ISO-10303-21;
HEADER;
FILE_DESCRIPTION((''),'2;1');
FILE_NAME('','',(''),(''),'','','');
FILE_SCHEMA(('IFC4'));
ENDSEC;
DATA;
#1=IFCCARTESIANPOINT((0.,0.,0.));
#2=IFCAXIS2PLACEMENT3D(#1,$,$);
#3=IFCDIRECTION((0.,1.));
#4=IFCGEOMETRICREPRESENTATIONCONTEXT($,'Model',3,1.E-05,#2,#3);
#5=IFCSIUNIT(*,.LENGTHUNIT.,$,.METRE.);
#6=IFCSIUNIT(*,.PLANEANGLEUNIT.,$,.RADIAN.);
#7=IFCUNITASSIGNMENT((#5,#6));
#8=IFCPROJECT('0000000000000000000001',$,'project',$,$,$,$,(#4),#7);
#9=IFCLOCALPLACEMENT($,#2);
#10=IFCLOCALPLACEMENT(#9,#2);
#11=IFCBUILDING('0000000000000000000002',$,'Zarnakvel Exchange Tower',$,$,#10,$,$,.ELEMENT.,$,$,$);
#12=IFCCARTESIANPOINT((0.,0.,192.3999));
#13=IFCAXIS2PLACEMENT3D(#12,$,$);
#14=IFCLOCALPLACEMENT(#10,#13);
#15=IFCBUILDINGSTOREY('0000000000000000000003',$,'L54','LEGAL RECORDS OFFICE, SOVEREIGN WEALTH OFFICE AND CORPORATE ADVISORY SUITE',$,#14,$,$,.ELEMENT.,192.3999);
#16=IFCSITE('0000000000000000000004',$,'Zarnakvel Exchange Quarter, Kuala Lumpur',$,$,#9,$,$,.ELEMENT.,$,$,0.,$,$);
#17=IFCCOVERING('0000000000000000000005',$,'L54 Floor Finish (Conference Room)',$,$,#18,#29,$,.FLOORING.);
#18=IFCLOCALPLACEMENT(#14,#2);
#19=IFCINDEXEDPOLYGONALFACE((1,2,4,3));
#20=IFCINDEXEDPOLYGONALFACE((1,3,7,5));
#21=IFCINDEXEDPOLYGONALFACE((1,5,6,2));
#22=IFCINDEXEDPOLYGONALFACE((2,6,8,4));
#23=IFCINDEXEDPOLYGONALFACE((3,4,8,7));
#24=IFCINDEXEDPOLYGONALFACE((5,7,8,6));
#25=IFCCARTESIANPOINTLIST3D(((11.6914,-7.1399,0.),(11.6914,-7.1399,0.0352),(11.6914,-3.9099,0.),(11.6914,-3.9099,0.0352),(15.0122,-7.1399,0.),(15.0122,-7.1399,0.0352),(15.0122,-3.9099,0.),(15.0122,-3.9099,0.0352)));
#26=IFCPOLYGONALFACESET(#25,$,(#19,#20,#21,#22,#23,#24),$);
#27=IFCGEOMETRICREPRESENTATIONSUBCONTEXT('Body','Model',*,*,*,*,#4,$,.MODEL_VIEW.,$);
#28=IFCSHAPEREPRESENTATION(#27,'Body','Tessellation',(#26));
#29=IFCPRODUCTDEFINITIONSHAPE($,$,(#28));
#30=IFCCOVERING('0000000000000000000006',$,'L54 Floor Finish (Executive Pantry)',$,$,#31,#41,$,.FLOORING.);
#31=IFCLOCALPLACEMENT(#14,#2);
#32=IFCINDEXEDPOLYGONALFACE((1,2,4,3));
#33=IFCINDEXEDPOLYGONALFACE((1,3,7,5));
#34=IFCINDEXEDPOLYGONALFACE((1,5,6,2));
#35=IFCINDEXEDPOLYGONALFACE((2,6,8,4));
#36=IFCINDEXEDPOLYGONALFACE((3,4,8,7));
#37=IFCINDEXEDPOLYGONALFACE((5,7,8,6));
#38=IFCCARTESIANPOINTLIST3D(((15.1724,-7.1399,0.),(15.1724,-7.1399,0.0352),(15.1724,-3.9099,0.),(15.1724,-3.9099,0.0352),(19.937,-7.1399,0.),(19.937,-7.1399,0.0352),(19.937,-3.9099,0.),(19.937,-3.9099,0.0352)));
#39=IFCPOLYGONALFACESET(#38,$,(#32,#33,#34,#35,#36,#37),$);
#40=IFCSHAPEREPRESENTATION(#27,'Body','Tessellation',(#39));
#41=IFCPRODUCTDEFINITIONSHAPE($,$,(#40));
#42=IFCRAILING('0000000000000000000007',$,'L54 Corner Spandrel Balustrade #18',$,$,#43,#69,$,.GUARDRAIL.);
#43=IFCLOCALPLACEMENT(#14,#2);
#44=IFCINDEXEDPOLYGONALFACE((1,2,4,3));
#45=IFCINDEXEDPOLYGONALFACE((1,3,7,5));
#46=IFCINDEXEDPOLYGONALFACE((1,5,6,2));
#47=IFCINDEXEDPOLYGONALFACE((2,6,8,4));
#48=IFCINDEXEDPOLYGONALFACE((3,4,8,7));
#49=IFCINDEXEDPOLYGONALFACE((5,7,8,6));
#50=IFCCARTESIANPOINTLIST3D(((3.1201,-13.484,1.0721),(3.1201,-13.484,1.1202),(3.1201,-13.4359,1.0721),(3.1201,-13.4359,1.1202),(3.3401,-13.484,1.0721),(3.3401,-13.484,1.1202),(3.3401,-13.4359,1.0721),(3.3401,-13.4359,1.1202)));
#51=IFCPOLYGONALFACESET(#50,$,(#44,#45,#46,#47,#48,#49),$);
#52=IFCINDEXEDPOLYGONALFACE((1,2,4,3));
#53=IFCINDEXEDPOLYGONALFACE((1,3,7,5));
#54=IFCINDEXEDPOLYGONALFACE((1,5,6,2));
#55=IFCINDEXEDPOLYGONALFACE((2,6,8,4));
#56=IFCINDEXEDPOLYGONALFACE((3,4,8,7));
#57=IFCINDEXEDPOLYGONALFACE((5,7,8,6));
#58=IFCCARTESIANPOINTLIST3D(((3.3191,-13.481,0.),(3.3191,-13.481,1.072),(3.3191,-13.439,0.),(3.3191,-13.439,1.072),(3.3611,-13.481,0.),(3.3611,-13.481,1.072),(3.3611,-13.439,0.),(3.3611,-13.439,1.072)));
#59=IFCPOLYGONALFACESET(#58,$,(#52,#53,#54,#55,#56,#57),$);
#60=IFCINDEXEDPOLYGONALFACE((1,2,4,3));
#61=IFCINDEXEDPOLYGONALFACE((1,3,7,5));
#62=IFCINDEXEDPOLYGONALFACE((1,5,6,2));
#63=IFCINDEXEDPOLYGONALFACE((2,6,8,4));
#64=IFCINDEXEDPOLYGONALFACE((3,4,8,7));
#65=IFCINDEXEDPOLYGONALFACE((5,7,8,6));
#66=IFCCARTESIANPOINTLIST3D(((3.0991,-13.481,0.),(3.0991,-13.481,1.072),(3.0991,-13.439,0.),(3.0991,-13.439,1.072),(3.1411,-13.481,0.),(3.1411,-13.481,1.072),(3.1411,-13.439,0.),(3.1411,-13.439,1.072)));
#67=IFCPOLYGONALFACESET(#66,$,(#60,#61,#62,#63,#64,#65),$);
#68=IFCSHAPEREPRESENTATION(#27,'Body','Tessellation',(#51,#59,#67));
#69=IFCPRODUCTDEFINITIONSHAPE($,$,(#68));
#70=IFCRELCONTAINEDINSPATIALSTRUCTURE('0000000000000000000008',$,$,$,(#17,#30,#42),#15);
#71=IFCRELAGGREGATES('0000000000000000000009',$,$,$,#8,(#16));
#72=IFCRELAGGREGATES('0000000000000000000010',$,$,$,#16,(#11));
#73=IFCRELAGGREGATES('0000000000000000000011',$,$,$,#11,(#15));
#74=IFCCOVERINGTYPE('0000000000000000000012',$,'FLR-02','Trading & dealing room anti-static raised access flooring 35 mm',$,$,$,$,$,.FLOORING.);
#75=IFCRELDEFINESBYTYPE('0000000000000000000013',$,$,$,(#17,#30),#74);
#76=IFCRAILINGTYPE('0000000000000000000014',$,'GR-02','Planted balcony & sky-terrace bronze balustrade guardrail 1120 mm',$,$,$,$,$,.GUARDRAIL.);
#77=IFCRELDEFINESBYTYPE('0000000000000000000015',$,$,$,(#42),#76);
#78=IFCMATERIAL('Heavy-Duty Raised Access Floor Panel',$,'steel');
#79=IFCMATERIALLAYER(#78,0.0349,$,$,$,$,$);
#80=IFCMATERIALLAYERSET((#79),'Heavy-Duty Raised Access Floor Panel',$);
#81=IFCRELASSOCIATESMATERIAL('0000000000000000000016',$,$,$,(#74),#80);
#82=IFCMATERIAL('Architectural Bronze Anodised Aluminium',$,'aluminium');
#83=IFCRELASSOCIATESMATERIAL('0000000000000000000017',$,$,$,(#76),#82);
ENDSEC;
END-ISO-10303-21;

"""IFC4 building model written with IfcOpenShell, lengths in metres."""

from ifc_helpers import new_model, si_unit, direction, frame, origin, origin_2d, place, context, subcontext, project, spatial, polyline, rectangle, outline, extrude, material, layer, layer_set, type_object, element, save


model = new_model("IFC4")

# Units and contexts
model_context = context("Model", 3, precision=1e-05, world=origin(), true_north=direction((0.0, 1.0)))
body_context = subcontext(model_context, "Body", "Model", "MODEL_VIEW")
ifc_project = project(units=[si_unit("LENGTHUNIT", "METRE"), si_unit("PLANEANGLEUNIT", "RADIAN")], contexts=[model_context])

# Site, building, storey
site_placement = place(None, origin())
site = spatial("IfcSite", under=ifc_project, at=site_placement, Name="Zarnakvel Exchange Quarter, Kuala Lumpur", CompositionType="ELEMENT", RefElevation=0.0)
building_placement = place(site_placement, origin())
building = spatial("IfcBuilding", under=site, at=building_placement, Name="Zarnakvel Exchange Tower", CompositionType="ELEMENT")
storey_placement = place(building_placement, frame((0.0, 0.0, 192.3999)))
storey = spatial("IfcBuildingStorey", under=building, at=storey_placement, Name="L54", Description="LEGAL RECORDS OFFICE, SOVEREIGN WEALTH OFFICE AND CORPORATE ADVISORY SUITE", CompositionType="ELEMENT", Elevation=192.3999)

# Coverings
ifc_material_1 = material(Name="Heavy-Duty Raised Access Floor Panel", Category="steel")
ifc_layer_1 = layer(ifc_material_1, 0.0349)
ifc_layer_set_1 = layer_set([ifc_layer_1], Name="Heavy-Duty Raised Access Floor Panel")
covering_type_1 = type_object("IfcCoveringType", Name="FLR-02", Description="Trading & dealing room anti-static raised access flooring 35 mm", PredefinedType="FLOORING", material=ifc_layer_set_1)
covering_1_placement = place(storey_placement, origin())
element("IfcCovering", 1, at=covering_1_placement, inside=storey, type_object=covering_type_1, Name="L54 Floor Finish (Conference Room)", PredefinedType="FLOORING", context=body_context, shape_type="SweptSolid", body=[
    extrude(outline(polyline([(11.6914, -3.9099), (15.0122, -3.9099), (15.0122, -7.1399), (11.6914, -7.1399), (11.6914, -3.9099)])), origin(), (0.0, 0.0, 1.0), 0.0352),
])
covering_2_placement = place(storey_placement, origin())
element("IfcCovering", 2, at=covering_2_placement, inside=storey, type_object=covering_type_1, Name="L54 Floor Finish (Executive Pantry)", PredefinedType="FLOORING", context=body_context, shape_type="SweptSolid", body=[
    extrude(outline(polyline([(15.1724, -3.9099), (19.937, -3.9099), (19.937, -7.1399), (15.1724, -7.1399), (15.1724, -3.9099)])), origin(), (0.0, 0.0, 1.0), 0.0352),
])

# Railing
ifc_material_2 = material(Name="Architectural Bronze Anodised Aluminium", Category="aluminium")
railing_type = type_object("IfcRailingType", Name="GR-02", Description="Planted balcony & sky-terrace bronze balustrade guardrail 1120 mm", PredefinedType="GUARDRAIL", material=ifc_material_2)
railing_placement = place(storey_placement, frame((3.3401, -13.46, 0.0)))
element("IfcRailing", 3, at=railing_placement, inside=storey, type_object=railing_type, Name="L54 Corner Spandrel Balustrade #18", PredefinedType="GUARDRAIL", context=body_context, shape_type="SweptSolid", body=[
    extrude(rectangle(XDim=0.0481, YDim=0.0481, at=origin_2d()), frame((0.0, 0.0, 1.0962), z_axis=(-1.0, 0.0, 0.0), x_axis=(0.0, -1.0, 0.0)), (0.0, 0.0, 1.0), 0.22),
    extrude(rectangle(XDim=0.042, YDim=0.042, at=origin_2d()), origin(), (0.0, 0.0, 1.0), 1.072),
    extrude(rectangle(XDim=0.042, YDim=0.042, at=origin_2d()), frame((-0.22, 0.0, 0.0)), (0.0, 0.0, 1.0), 1.072),
])

save(model, "model.ifc")
